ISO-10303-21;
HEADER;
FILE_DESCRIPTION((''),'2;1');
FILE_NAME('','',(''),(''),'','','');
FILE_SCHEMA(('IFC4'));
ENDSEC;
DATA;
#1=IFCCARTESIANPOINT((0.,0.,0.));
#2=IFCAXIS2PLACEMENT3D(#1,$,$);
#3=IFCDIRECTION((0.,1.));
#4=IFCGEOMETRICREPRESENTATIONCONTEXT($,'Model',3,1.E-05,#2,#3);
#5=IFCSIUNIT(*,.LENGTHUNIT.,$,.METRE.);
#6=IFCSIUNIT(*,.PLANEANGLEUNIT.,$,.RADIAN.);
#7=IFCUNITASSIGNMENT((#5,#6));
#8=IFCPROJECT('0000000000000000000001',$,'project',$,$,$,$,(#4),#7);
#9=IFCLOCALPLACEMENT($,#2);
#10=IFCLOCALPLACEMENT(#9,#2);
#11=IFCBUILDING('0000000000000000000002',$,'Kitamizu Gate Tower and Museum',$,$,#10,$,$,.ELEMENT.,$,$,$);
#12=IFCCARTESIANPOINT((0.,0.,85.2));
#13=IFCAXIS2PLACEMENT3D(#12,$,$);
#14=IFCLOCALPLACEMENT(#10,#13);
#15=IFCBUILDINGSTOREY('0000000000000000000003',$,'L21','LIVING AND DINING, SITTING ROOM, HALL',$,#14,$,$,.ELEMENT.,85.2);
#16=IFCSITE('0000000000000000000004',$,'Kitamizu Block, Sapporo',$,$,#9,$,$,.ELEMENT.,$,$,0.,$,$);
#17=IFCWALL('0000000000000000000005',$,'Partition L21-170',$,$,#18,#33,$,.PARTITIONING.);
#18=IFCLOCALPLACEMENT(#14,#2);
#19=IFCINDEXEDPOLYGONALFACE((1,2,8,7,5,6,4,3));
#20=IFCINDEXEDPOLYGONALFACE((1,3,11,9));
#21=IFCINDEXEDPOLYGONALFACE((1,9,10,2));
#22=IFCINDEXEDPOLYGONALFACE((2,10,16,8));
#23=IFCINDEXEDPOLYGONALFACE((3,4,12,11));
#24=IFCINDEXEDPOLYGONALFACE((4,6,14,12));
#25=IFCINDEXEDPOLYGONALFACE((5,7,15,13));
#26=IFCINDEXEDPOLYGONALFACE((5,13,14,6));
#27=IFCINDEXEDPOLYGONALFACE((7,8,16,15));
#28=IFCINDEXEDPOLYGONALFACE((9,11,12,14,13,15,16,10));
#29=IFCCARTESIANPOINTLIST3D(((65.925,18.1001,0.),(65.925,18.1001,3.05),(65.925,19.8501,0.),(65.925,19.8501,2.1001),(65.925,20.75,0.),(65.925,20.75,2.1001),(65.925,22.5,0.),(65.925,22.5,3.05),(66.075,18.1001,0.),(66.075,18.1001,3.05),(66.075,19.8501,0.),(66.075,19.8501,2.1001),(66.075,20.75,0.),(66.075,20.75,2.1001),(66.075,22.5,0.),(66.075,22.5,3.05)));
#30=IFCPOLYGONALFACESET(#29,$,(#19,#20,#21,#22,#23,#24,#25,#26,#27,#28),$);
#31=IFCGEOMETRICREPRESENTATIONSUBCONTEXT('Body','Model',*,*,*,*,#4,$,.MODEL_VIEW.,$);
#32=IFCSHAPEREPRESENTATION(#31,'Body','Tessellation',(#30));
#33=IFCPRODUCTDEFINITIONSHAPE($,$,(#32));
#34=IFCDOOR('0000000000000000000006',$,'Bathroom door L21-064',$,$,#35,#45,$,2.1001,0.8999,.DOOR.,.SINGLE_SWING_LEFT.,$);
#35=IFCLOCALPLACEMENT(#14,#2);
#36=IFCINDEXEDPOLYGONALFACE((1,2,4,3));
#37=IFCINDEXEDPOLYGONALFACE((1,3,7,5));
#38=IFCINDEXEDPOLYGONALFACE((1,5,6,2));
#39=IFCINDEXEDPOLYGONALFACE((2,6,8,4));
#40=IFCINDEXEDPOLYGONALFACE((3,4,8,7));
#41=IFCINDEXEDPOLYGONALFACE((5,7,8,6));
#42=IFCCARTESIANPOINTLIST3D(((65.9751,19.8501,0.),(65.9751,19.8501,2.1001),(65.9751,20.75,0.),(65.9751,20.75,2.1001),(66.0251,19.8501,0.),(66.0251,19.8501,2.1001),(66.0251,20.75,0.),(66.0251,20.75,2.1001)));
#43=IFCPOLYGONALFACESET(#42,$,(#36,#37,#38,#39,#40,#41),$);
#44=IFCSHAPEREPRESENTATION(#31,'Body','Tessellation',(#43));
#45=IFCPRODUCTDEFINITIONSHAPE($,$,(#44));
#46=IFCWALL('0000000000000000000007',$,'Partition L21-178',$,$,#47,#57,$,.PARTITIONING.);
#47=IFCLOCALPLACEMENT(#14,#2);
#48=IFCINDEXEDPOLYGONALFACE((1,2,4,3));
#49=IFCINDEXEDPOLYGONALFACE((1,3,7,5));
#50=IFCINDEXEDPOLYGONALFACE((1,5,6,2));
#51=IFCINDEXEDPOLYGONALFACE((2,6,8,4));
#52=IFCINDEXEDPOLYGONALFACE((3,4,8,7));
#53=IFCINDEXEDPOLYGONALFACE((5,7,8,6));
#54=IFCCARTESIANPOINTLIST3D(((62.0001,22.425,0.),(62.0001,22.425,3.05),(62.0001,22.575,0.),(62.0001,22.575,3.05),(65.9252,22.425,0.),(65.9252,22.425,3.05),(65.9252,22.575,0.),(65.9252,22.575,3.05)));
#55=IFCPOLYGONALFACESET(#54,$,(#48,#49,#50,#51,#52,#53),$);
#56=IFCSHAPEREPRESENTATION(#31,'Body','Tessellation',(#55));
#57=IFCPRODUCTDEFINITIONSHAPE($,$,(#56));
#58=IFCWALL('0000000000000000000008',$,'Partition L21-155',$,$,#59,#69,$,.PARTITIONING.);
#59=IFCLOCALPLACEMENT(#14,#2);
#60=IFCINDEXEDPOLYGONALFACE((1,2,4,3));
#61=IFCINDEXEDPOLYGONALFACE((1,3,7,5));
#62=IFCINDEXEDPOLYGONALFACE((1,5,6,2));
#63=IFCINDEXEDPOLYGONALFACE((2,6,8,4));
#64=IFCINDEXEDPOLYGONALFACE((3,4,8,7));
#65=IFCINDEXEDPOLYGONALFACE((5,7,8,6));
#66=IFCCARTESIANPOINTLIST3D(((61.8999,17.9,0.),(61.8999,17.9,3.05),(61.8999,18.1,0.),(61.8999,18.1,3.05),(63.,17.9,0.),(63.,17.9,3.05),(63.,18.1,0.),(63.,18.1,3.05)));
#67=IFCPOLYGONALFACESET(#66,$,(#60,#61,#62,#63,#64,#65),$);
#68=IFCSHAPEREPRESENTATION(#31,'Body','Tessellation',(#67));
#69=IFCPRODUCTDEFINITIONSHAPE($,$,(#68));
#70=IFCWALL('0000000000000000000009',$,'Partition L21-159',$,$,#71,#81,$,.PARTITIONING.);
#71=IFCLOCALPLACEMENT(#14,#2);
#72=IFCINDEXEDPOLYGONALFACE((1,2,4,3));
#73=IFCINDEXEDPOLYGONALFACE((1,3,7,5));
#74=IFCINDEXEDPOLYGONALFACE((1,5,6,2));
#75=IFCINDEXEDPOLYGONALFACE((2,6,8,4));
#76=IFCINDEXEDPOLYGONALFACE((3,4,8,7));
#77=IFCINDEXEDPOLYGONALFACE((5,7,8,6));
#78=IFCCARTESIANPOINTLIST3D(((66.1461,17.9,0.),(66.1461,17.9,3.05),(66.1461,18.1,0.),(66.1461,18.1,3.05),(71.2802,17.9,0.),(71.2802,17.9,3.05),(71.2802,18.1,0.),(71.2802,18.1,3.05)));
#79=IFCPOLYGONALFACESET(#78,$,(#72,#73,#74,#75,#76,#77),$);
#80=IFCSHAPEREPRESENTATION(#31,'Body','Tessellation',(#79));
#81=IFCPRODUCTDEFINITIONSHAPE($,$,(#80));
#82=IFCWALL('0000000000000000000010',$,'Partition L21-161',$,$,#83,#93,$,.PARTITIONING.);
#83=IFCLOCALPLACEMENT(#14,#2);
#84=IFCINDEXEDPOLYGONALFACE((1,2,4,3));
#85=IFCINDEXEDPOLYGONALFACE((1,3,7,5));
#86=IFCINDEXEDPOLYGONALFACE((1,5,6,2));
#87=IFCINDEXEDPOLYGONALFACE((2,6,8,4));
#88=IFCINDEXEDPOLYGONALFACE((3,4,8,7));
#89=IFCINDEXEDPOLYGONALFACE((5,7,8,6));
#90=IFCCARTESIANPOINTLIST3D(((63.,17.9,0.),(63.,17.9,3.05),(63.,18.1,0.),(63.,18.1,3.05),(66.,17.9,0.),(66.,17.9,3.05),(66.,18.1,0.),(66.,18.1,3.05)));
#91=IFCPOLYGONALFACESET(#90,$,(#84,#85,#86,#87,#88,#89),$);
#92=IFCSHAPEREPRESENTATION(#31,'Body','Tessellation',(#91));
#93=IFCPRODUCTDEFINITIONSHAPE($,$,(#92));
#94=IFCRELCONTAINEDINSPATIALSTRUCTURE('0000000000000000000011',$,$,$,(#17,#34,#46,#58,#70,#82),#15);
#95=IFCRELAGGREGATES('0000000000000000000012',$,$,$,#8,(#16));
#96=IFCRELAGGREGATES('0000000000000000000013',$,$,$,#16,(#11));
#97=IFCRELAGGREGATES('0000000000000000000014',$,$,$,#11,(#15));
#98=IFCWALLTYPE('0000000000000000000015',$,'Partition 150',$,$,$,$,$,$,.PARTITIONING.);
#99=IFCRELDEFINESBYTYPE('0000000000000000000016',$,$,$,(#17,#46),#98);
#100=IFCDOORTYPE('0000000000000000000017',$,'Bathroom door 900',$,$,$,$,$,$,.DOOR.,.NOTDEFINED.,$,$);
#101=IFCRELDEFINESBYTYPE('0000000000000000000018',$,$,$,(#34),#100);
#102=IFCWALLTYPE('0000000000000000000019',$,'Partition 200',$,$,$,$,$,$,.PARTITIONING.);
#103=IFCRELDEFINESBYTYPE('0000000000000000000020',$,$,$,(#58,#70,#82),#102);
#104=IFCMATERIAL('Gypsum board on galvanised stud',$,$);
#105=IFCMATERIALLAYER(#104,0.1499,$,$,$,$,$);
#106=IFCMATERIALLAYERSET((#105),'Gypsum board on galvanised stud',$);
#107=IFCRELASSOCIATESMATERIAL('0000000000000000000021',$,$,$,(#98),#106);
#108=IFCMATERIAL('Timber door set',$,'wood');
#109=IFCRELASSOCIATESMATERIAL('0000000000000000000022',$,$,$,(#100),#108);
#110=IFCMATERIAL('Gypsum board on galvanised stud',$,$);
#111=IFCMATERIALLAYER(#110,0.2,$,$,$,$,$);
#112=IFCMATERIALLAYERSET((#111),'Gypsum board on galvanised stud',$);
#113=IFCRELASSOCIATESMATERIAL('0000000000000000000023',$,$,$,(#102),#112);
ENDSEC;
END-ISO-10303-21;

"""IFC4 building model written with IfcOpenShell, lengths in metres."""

from ifc_helpers import new_model, si_unit, direction, frame, frame_2d, origin, place, context, subcontext, project, spatial, rectangle, extrude, material, layer, layer_set, type_object, element, fill, save


model = new_model("IFC4")

# Units and contexts
model_context = context("Model", 3, precision=1e-05, world=origin(), true_north=direction((0.0, 1.0)))
body_context = subcontext(model_context, "Body", "Model", "MODEL_VIEW")
ifc_project = project(units=[si_unit("LENGTHUNIT", "METRE"), si_unit("PLANEANGLEUNIT", "RADIAN")], contexts=[model_context])

# Site, building, storey
site_placement = place(None, origin())
site = spatial("IfcSite", under=ifc_project, at=site_placement, Name="Kitamizu Block, Sapporo", CompositionType="ELEMENT", RefElevation=0.0)
building_placement = place(site_placement, origin())
building = spatial("IfcBuilding", under=site, at=building_placement, Name="Kitamizu Gate Tower and Museum", CompositionType="ELEMENT")
storey_placement = place(building_placement, frame((0.0, 0.0, 85.2)))
storey = spatial("IfcBuildingStorey", under=building, at=storey_placement, Name="L21", Description="LIVING AND DINING, SITTING ROOM, HALL", CompositionType="ELEMENT", Elevation=85.2)

# Shared definitions
ifc_material_1 = material(Name="Gypsum board on galvanised stud")
ifc_layer_1 = layer(ifc_material_1, 0.1499)
ifc_layer_set_1 = layer_set([ifc_layer_1], Name="Gypsum board on galvanised stud")
wall_type_1 = type_object("IfcWallType", Name="Partition 150", PredefinedType="PARTITIONING", material=ifc_layer_set_1)

# Wall, opening, door
wall_1_placement = place(storey_placement, frame((66.0, 22.5, 0.0), z_axis=(0.0, 0.0, 1.0), x_axis=(0.0, -1.0, 0.0)))
wall_1 = element("IfcWall", 1, at=wall_1_placement, inside=storey, type_object=wall_type_1, Name="Partition L21-170", PredefinedType="PARTITIONING", context=body_context, shape_type="SweptSolid", body=[
    extrude(rectangle(XDim=4.3999, YDim=0.1499, at=frame_2d((2.2, 0.0))), origin(), (0.0, 0.0, 1.0), 3.05),
])
opening_1_placement = place(wall_1_placement, frame((1.75, 0.0, 0.0)))
opening_1 = element("IfcOpeningElement", 2, at=opening_1_placement, cuts=wall_1, PredefinedType="OPENING", context=body_context, shape_type="SweptSolid", body=[
    extrude(rectangle(XDim=0.8999, YDim=2.1001, at=frame_2d((0.45, 1.05))), frame((0.0, 0.085, 0.0), z_axis=(0.0, -1.0, 0.0), x_axis=(1.0, 0.0, 0.0)), (0.0, 0.0, 1.0), 0.1699),
])
ifc_material_2 = material(Name="Timber door set", Category="wood")
door_type_1 = type_object("IfcDoorType", Name="Bathroom door 900", OperationType="NOTDEFINED", PredefinedType="DOOR", material=ifc_material_2)
door_1_placement = place(opening_1_placement, frame((0.8999, 0.0, 0.0), x_axis=(-1.0, 0.0, 0.0)))
door_1 = element("IfcDoor", 3, at=door_1_placement, inside=storey, type_object=door_type_1, Name="Bathroom door L21-064", OperationType="SINGLE_SWING_LEFT", OverallHeight=2.1001, OverallWidth=0.8999, PredefinedType="DOOR", context=body_context, shape_type="SweptSolid", body=[
    extrude(rectangle(XDim=0.8999, YDim=2.1001, at=frame_2d((0.45, 1.05))), frame((0.0, 0.0249, 0.0), z_axis=(0.0, -1.0, 0.0), x_axis=(1.0, 0.0, 0.0)), (0.0, 0.0, 1.0), 0.05),
])
fill(opening_1, door_1)

# Walls
wall_2_placement = place(storey_placement, frame((65.925, 22.5, 0.0), z_axis=(0.0, 0.0, 1.0), x_axis=(-1.0, 0.0, 0.0)))
element("IfcWall", 4, at=wall_2_placement, inside=storey, type_object=wall_type_1, Name="Partition L21-178", PredefinedType="PARTITIONING", context=body_context, shape_type="SweptSolid", body=[
    extrude(rectangle(XDim=3.925, YDim=0.1499, at=frame_2d((1.9624, 0.0))), origin(), (0.0, 0.0, 1.0), 3.05),
])
ifc_material_3 = material(Name="Gypsum board on galvanised stud")
ifc_layer_2 = layer(ifc_material_3, 0.2)
ifc_layer_set_2 = layer_set([ifc_layer_2], Name="Gypsum board on galvanised stud")
wall_type_2 = type_object("IfcWallType", Name="Partition 200", PredefinedType="PARTITIONING", material=ifc_layer_set_2)
wall_3_placement = place(storey_placement, frame((63.0, 18.0, 0.0), z_axis=(0.0, 0.0, 1.0), x_axis=(-1.0, 0.0, 0.0)))
element("IfcWall", 5, at=wall_3_placement, inside=storey, type_object=wall_type_2, Name="Partition L21-155", PredefinedType="PARTITIONING", context=body_context, shape_type="SweptSolid", body=[
    extrude(rectangle(XDim=1.1001, YDim=0.2, at=frame_2d((0.55, 0.0))), origin(), (0.0, 0.0, 1.0), 3.05),
])
wall_4_placement = place(storey_placement, frame((71.28, 18.0, 0.0), z_axis=(0.0, 0.0, 1.0), x_axis=(-1.0, 0.0, 0.0)))
element("IfcWall", 6, at=wall_4_placement, inside=storey, type_object=wall_type_2, Name="Partition L21-159", PredefinedType="PARTITIONING", context=body_context, shape_type="SweptSolid", body=[
    extrude(rectangle(XDim=5.134, YDim=0.2, at=frame_2d((2.5669, 0.0))), origin(), (0.0, 0.0, 1.0), 3.05),
])
wall_5_placement = place(storey_placement, frame((66.0, 18.0, 0.0), z_axis=(0.0, 0.0, 1.0), x_axis=(-1.0, 0.0, 0.0)))
element("IfcWall", 7, at=wall_5_placement, inside=storey, type_object=wall_type_2, Name="Partition L21-161", PredefinedType="PARTITIONING", context=body_context, shape_type="SweptSolid", body=[
    extrude(rectangle(XDim=3.0, YDim=0.2, at=frame_2d((1.5, 0.0))), origin(), (0.0, 0.0, 1.0), 3.05),
])

save(model, "model.ifc")
